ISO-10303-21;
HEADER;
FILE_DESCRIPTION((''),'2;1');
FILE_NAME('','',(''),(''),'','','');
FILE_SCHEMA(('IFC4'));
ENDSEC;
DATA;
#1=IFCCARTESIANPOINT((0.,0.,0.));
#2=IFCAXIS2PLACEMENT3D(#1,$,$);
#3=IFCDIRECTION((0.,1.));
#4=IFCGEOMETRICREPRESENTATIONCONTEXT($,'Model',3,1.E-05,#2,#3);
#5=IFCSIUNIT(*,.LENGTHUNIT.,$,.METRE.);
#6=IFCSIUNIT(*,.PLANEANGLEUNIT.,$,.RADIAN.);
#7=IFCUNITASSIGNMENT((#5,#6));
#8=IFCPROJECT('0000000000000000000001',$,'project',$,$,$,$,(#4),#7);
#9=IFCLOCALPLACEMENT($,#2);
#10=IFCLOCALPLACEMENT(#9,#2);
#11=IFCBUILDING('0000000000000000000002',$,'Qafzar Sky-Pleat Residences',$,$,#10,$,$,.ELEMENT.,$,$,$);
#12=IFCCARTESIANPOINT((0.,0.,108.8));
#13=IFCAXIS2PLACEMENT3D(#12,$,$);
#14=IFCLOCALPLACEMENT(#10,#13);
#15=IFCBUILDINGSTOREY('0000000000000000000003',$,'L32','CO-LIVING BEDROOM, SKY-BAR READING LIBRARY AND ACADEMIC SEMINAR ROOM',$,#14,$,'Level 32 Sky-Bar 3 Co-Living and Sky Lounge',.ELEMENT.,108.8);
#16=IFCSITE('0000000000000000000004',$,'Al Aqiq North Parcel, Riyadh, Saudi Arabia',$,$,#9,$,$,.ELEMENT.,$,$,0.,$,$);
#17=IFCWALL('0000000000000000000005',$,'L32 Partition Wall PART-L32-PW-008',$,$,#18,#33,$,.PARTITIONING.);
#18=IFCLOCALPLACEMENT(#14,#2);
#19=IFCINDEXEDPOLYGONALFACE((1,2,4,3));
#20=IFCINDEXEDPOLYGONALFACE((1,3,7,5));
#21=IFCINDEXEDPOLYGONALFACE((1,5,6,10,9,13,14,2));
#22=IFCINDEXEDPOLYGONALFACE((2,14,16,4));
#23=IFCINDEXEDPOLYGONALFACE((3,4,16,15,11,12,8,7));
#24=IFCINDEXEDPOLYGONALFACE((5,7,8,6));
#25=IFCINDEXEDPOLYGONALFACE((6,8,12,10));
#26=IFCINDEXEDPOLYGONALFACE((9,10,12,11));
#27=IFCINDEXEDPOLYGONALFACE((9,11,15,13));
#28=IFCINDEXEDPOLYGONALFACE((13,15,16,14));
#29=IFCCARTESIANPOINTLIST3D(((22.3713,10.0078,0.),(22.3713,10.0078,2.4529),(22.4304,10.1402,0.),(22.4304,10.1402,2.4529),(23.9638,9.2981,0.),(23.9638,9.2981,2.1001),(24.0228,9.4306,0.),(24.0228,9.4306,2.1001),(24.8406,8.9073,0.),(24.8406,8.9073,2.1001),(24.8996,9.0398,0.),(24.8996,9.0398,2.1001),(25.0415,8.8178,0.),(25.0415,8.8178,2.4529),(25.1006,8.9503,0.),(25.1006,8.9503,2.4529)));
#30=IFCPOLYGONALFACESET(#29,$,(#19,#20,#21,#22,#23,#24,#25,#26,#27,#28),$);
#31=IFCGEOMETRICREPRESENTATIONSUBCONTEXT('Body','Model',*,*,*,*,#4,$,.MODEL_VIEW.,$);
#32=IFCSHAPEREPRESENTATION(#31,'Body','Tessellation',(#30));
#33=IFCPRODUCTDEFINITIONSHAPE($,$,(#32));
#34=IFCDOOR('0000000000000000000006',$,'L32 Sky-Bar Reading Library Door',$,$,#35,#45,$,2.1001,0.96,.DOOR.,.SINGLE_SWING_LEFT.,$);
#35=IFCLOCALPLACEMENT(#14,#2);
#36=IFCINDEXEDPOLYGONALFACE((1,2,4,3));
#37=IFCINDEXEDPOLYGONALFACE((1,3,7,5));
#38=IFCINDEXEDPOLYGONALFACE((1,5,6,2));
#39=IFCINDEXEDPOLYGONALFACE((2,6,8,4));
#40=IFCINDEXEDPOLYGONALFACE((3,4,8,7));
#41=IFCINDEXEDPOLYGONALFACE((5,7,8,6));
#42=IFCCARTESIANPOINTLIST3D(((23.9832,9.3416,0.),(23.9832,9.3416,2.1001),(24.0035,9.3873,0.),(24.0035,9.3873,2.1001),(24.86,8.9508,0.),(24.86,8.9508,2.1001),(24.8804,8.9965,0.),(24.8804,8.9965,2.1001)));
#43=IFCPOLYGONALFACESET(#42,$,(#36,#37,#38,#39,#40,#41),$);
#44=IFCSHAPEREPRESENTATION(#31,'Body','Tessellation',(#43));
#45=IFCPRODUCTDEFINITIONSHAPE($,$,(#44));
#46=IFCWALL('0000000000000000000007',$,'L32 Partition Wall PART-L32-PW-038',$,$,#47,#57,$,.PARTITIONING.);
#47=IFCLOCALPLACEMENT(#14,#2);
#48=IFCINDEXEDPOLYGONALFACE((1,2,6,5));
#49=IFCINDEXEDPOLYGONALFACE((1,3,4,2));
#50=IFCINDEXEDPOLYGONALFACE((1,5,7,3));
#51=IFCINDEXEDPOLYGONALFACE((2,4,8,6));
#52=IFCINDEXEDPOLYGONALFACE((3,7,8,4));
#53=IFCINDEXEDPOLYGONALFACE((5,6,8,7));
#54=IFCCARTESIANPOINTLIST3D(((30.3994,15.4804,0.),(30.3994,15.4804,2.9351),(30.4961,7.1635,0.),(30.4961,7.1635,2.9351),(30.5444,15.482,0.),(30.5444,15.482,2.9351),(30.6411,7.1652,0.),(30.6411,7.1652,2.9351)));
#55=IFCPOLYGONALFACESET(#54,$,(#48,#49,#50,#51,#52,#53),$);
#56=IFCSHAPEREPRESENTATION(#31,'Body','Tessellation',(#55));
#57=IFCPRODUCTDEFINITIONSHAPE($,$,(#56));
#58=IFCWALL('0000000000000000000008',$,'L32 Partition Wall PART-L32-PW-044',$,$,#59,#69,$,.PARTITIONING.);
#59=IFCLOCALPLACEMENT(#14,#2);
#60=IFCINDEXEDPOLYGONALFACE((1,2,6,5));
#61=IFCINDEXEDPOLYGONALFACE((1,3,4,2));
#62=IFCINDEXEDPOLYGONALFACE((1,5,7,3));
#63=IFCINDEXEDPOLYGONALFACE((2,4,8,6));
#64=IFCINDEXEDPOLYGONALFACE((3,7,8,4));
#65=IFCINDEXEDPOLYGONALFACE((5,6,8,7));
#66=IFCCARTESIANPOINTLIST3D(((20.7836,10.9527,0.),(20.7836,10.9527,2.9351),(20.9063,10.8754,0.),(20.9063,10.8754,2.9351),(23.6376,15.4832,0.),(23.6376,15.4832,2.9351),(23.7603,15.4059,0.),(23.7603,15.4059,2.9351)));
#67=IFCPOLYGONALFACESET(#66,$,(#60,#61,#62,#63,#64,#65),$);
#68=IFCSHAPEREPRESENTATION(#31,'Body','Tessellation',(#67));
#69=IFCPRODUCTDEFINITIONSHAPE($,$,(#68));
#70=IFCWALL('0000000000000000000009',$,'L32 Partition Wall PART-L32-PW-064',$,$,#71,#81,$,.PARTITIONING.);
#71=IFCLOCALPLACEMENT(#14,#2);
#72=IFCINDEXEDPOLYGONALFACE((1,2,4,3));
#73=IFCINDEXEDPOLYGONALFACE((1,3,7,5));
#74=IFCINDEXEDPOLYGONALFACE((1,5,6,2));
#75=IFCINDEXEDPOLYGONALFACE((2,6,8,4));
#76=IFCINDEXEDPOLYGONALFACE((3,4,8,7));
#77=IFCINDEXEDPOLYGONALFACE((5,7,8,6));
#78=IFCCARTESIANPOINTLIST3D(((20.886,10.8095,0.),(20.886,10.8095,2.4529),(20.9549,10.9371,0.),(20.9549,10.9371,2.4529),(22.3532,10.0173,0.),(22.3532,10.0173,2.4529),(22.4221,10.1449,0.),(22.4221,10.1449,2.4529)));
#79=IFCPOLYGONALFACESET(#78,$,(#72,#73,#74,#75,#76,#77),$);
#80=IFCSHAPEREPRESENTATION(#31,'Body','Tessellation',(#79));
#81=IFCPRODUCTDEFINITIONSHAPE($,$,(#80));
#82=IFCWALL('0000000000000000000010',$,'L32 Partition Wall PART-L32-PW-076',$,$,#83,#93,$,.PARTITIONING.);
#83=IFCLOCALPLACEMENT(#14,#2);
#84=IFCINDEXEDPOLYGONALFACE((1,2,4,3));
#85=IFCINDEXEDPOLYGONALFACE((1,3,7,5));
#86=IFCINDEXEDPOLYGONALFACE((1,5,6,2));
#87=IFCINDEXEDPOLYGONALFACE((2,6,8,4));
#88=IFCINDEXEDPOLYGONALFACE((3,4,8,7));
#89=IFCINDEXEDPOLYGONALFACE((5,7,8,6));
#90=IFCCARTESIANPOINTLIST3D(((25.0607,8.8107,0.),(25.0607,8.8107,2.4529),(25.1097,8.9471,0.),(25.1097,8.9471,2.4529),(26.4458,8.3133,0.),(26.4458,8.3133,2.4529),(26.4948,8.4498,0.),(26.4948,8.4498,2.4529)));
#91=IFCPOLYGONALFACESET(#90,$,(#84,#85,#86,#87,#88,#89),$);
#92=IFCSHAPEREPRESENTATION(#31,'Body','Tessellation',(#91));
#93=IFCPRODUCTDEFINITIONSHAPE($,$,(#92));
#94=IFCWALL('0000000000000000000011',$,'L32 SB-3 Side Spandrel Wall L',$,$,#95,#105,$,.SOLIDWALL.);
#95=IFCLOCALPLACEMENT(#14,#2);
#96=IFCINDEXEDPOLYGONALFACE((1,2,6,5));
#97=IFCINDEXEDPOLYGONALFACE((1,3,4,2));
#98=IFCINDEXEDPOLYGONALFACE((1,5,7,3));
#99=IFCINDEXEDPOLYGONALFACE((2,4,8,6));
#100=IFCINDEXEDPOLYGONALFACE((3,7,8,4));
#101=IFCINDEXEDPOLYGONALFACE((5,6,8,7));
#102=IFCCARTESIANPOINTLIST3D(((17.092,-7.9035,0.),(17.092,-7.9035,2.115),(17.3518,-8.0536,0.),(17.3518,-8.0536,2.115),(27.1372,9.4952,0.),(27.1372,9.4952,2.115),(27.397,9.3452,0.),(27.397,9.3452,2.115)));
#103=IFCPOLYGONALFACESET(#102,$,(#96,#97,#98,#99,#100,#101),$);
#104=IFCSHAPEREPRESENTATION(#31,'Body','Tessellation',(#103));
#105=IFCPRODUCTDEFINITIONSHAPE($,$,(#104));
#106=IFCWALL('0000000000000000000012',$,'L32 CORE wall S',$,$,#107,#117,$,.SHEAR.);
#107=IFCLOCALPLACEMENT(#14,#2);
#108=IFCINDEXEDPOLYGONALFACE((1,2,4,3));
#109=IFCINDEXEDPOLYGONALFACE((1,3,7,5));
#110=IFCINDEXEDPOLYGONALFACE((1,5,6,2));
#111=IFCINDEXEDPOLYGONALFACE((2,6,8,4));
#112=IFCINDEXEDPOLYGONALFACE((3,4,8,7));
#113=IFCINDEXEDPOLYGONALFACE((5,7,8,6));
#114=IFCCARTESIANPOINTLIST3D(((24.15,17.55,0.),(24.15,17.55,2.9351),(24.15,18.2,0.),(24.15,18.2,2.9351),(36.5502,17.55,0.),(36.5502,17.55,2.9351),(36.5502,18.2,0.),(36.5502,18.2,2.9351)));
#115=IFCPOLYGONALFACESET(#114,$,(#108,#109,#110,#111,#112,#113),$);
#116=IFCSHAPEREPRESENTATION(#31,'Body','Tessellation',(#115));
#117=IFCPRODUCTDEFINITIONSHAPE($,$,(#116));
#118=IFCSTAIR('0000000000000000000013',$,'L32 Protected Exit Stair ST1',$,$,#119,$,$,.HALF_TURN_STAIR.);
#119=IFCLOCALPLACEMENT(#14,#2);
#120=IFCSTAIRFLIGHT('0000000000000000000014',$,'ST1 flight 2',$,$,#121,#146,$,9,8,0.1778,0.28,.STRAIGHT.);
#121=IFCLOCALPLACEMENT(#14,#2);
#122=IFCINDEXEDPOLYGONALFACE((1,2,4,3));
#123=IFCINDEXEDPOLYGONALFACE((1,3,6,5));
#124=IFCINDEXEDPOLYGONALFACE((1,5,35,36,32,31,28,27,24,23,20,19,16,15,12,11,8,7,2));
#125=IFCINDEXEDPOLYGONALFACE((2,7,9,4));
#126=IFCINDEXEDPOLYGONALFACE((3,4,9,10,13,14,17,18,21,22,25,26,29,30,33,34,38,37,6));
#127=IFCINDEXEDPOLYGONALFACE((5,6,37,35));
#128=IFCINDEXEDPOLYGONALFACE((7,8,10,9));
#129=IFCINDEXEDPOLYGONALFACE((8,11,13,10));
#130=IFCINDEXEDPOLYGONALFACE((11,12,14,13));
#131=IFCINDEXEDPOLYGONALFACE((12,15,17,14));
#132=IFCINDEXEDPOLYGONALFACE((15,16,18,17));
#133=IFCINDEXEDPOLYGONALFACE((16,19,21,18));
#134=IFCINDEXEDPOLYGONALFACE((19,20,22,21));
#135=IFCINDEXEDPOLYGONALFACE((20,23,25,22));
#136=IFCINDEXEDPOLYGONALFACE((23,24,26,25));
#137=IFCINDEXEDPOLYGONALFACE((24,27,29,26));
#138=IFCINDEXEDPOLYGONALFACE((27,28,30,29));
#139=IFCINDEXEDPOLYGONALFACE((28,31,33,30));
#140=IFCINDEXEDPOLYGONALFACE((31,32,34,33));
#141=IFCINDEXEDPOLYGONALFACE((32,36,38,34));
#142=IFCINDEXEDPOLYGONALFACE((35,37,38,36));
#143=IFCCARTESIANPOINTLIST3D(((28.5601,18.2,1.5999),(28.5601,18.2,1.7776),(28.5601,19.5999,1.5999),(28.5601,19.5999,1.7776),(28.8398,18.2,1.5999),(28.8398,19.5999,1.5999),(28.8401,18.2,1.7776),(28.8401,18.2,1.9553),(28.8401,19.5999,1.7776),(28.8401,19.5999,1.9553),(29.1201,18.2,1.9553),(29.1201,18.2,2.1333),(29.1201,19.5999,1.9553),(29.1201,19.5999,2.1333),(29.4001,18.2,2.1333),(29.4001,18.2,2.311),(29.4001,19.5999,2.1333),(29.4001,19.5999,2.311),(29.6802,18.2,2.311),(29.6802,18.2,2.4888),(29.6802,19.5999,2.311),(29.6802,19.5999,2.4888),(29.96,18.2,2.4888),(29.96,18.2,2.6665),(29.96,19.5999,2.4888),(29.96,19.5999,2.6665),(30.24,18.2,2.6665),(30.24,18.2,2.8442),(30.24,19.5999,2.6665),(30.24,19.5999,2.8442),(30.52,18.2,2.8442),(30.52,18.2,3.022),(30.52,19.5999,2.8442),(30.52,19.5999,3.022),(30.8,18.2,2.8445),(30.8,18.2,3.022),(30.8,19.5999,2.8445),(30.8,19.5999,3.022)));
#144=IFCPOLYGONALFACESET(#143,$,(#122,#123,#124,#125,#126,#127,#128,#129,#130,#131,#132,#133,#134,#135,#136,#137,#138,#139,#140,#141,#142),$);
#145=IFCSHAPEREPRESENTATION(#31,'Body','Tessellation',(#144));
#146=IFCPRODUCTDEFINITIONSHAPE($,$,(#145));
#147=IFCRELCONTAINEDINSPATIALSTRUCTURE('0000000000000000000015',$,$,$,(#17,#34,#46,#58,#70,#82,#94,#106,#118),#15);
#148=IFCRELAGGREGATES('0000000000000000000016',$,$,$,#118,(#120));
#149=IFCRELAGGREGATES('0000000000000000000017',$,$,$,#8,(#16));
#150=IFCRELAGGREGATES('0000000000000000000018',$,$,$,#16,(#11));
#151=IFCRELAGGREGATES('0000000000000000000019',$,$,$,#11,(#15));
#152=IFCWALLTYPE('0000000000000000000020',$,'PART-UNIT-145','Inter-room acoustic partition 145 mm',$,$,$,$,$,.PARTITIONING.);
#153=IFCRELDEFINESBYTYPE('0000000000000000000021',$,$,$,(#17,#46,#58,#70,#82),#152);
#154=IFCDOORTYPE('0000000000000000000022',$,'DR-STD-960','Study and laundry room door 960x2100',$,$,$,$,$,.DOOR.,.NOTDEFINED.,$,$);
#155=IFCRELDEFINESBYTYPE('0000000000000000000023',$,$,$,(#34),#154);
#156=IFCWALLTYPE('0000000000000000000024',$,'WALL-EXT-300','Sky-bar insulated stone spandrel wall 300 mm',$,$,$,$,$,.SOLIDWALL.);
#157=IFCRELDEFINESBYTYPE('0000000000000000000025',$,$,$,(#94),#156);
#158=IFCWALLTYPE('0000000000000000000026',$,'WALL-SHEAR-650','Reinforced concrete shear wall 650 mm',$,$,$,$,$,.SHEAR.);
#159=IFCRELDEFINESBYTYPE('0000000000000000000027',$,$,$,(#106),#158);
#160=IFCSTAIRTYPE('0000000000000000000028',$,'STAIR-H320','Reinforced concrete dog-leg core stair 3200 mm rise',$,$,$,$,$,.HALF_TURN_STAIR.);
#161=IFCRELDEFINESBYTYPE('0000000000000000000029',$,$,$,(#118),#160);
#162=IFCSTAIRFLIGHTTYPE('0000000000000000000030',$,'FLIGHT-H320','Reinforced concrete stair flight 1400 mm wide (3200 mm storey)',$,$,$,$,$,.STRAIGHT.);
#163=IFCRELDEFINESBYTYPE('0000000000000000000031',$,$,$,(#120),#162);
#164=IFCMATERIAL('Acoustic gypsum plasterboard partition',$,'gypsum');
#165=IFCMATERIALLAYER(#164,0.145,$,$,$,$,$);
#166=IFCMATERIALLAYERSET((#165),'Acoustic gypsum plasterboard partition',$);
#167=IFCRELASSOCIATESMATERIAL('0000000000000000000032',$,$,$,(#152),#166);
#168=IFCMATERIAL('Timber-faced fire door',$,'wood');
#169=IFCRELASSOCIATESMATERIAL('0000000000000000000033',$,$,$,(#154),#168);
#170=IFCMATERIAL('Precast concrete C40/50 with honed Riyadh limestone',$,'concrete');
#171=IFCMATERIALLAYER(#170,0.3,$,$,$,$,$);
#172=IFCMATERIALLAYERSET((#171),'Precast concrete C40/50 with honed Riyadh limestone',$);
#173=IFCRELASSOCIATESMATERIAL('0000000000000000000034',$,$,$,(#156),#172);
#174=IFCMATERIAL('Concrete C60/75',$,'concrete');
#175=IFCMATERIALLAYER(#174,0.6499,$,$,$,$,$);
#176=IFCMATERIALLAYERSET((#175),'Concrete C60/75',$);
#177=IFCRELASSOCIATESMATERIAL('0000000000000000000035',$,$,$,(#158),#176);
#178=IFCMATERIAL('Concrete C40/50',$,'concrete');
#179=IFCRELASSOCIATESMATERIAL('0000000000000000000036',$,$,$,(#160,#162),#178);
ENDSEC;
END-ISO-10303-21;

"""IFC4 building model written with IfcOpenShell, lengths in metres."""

from ifc_helpers import new_model, si_unit, direction, frame, frame_2d, origin, place, context, subcontext, project, spatial, polyline, rectangle, outline, extrude, source, transform, mapped, material, layer, layer_set, type_object, element, fill, aggregate, save


model = new_model("IFC4")

# Units and contexts
model_context = context("Model", 3, precision=1e-05, world=origin(), true_north=direction((0.0, 1.0)))
body_context = subcontext(model_context, "Body", "Model", "MODEL_VIEW")
ifc_project = project(units=[si_unit("LENGTHUNIT", "METRE"), si_unit("PLANEANGLEUNIT", "RADIAN")], contexts=[model_context])

# Site, building, storey
site_placement = place(None, origin())
site = spatial("IfcSite", under=ifc_project, at=site_placement, Name="Al Aqiq North Parcel, Riyadh, Saudi Arabia", CompositionType="ELEMENT", RefElevation=0.0)
building_placement = place(site_placement, origin())
building = spatial("IfcBuilding", under=site, at=building_placement, Name="Qafzar Sky-Pleat Residences", CompositionType="ELEMENT")
storey_placement = place(building_placement, frame((0.0, 0.0, 108.8)))
storey = spatial("IfcBuildingStorey", under=building, at=storey_placement, Name="L32", Description="CO-LIVING BEDROOM, SKY-BAR READING LIBRARY AND ACADEMIC SEMINAR ROOM", LongName="Level 32 Sky-Bar 3 Co-Living and Sky Lounge", CompositionType="ELEMENT", Elevation=108.8)

# Shared definitions
ifc_material_1 = material(Name="Concrete C60/75", Category="concrete")

# Shared definitions
ifc_material_2 = material(Name="Acoustic gypsum plasterboard partition", Category="gypsum")
ifc_material_3 = material(Name="Timber-faced fire door", Category="wood")

# Wall, opening, door
ifc_layer_1 = layer(ifc_material_2, 0.145)
ifc_layer_set_1 = layer_set([ifc_layer_1], Name="Acoustic gypsum plasterboard partition")
wall_type_1 = type_object("IfcWallType", Name="PART-UNIT-145", Description="Inter-room acoustic partition 145 mm", PredefinedType="PARTITIONING", material=ifc_layer_set_1)
wall_1_placement = place(storey_placement, frame((25.071, 8.884, 0.0), z_axis=(0.0, 0.0, 1.0), x_axis=(-0.913405, 0.407053, 0.0)))
wall_1 = element("IfcWall", 1, at=wall_1_placement, inside=storey, type_object=wall_type_1, Name="L32 Partition Wall PART-L32-PW-008", PredefinedType="PARTITIONING", context=body_context, shape_type="SweptSolid", body=[
    extrude(rectangle(XDim=2.9233, YDim=0.145, at=frame_2d((1.4617, 0.0))), origin(), (0.0, 0.0, 1.0), 2.4529),
])
opening_1_placement = place(wall_1_placement, frame((0.22, 0.0, 0.0)))
opening_1 = element("IfcOpeningElement", 2, at=opening_1_placement, cuts=wall_1, PredefinedType="OPENING", context=body_context, shape_type="SweptSolid", body=[
    extrude(rectangle(XDim=0.96, YDim=2.1001, at=frame_2d((0.48, 1.05))), frame((0.0, 0.0825, 0.0), z_axis=(0.0, -1.0, 0.0), x_axis=(1.0, 0.0, 0.0)), (0.0, 0.0, 1.0), 0.165),
])
door_type_1 = type_object("IfcDoorType", Name="DR-STD-960", Description="Study and laundry room door 960x2100", OperationType="NOTDEFINED", PredefinedType="DOOR", material=ifc_material_3)
shared_shape_1 = source(origin(), body_context, "Body", "SweptSolid", [
    extrude(rectangle(XDim=0.96, YDim=2.1001, at=frame_2d((0.48, 1.05))), frame((0.0, 0.0249, 0.0), z_axis=(0.0, -1.0, 0.0), x_axis=(1.0, 0.0, 0.0)), (0.0, 0.0, 1.0), 0.05),
])
door_1_placement = place(opening_1_placement, origin())
door_1 = element("IfcDoor", 3, at=door_1_placement, inside=storey, type_object=door_type_1, Name="L32 Sky-Bar Reading Library Door", OperationType="SINGLE_SWING_LEFT", OverallHeight=2.1001, OverallWidth=0.96, PredefinedType="DOOR", context=body_context, shape_type="MappedRepresentation", body=[
    mapped(shared_shape_1, transform((0.0, 0.0, 0.0), x_axis=(1.0, 0.0, 0.0), y_axis=(0.0, 1.0, 0.0), z_axis=(0.0, 0.0, 1.0), scale=1.0)),
])
fill(opening_1, door_1)

# Walls
wall_2_placement = place(storey_placement, frame((30.4719, 15.4812, 0.0), z_axis=(0.0, 0.0, 1.0), x_axis=(0.011624, -0.999932, 0.0)))
element("IfcWall", 4, at=wall_2_placement, inside=storey, type_object=wall_type_1, Name="L32 Partition Wall PART-L32-PW-038", PredefinedType="PARTITIONING", context=body_context, shape_type="SweptSolid", body=[
    extrude(rectangle(XDim=8.3174, YDim=0.145, at=frame_2d((4.1587, 0.0))), origin(), (0.0, 0.0, 1.0), 2.9351),
])
wall_3_placement = place(storey_placement, frame((20.845, 10.9141, 0.0), z_axis=(0.0, 0.0, 1.0), x_axis=(0.533008, 0.84611, 0.0)))
element("IfcWall", 5, at=wall_3_placement, inside=storey, type_object=wall_type_1, Name="L32 Partition Wall PART-L32-PW-044", PredefinedType="PARTITIONING", context=body_context, shape_type="SweptSolid", body=[
    extrude(rectangle(XDim=5.3545, YDim=0.145, at=frame_2d((2.6772, 0.0))), origin(), (0.0, 0.0, 1.0), 2.9351),
])
wall_4_placement = place(storey_placement, frame((20.9204, 10.8733, 0.0), z_axis=(0.0, 0.0, 1.0), x_axis=(0.87993, -0.475104, 0.0)))
element("IfcWall", 6, at=wall_4_placement, inside=storey, type_object=wall_type_1, Name="L32 Partition Wall PART-L32-PW-064", PredefinedType="PARTITIONING", context=body_context, shape_type="SweptSolid", body=[
    extrude(rectangle(XDim=1.6675, YDim=0.145, at=frame_2d((0.8337, 0.0))), origin(), (0.0, 0.0, 1.0), 2.4529),
])
wall_5_placement = place(storey_placement, frame((25.0852, 8.8789, 0.0), z_axis=(0.0, 0.0, 1.0), x_axis=(0.941166, -0.337944, 0.0)))
element("IfcWall", 7, at=wall_5_placement, inside=storey, type_object=wall_type_1, Name="L32 Partition Wall PART-L32-PW-076", PredefinedType="PARTITIONING", context=body_context, shape_type="SweptSolid", body=[
    extrude(rectangle(XDim=1.4717, YDim=0.145, at=frame_2d((0.7358, 0.0))), origin(), (0.0, 0.0, 1.0), 2.4529),
])
ifc_material_4 = material(Name="Precast concrete C40/50 with honed Riyadh limestone", Category="concrete")
ifc_layer_2 = layer(ifc_material_4, 0.3)
ifc_layer_set_2 = layer_set([ifc_layer_2], Name="Precast concrete C40/50 with honed Riyadh limestone")
wall_type_2 = type_object("IfcWallType", Name="WALL-EXT-300", Description="Sky-bar insulated stone spandrel wall 300 mm", PredefinedType="SOLIDWALL", material=ifc_layer_set_2)
wall_6_placement = place(storey_placement, frame((27.2671, 9.4202, 0.0), z_axis=(0.0, 0.0, 1.0), x_axis=(-0.500001, -0.866025, 0.0)))
element("IfcWall", 8, at=wall_6_placement, inside=storey, type_object=wall_type_2, Name="L32 SB-3 Side Spandrel Wall L", PredefinedType="SOLIDWALL", context=body_context, shape_type="SweptSolid", body=[
    extrude(rectangle(XDim=20.0903, YDim=0.3, at=frame_2d((10.0452, 0.0))), origin(), (0.0, 0.0, 1.0), 2.115),
])
ifc_layer_3 = layer(ifc_material_1, 0.6499)
ifc_layer_set_3 = layer_set([ifc_layer_3], Name="Concrete C60/75")
wall_type_3 = type_object("IfcWallType", Name="WALL-SHEAR-650", Description="Reinforced concrete shear wall 650 mm", PredefinedType="SHEAR", material=ifc_layer_set_3)
wall_7_placement = place(storey_placement, frame((24.1499, 17.875, 0.0), z_axis=(0.0, 0.0, 1.0), x_axis=(1.0, 0.0, 0.0)))
element("IfcWall", 9, at=wall_7_placement, inside=storey, type_object=wall_type_3, Name="L32 CORE wall S", PredefinedType="SHEAR", context=body_context, shape_type="SweptSolid", body=[
    extrude(rectangle(XDim=12.4001, YDim=0.6499, at=frame_2d((6.2002, 0.0))), origin(), (0.0, 0.0, 1.0), 2.9351),
])

# Stair, stair flight
ifc_material_5 = material(Name="Concrete C40/50", Category="concrete")
stair_type = type_object("IfcStairType", Name="STAIR-H320", Description="Reinforced concrete dog-leg core stair 3200 mm rise", PredefinedType="HALF_TURN_STAIR", material=ifc_material_5)
stair_placement = place(storey_placement, origin())
stair = element("IfcStair", 10, at=stair_placement, inside=storey, type_object=stair_type, Name="L32 Protected Exit Stair ST1", PredefinedType="HALF_TURN_STAIR")
stair_flight_type = type_object("IfcStairFlightType", Name="FLIGHT-H320", Description="Reinforced concrete stair flight 1400 mm wide (3200 mm storey)", PredefinedType="STRAIGHT", material=ifc_material_5)
shared_shape_2 = source(origin(), body_context, "Body", "SweptSolid", [
    extrude(outline(polyline([(0.0, 0.0), (0.0, 0.1777), (0.28, 0.1777), (0.28, 0.3555), (0.5601, 0.3555), (0.5601, 0.5334), (0.8401, 0.5334), (0.8401, 0.7112), (1.1201, 0.7112), (1.1201, 0.8889), (1.3999, 0.8889), (1.3999, 1.0667), (1.6799, 1.0667), (1.6799, 1.2444), (1.96, 1.2444), (1.96, 1.4221), (2.24, 1.4221), (2.24, 1.6001), (2.24, 1.2446), (0.2798, 0.0), (0.0, 0.0)])), frame((0.0, 0.7, 0.0), z_axis=(0.0, -1.0, 0.0), x_axis=(1.0, 0.0, 0.0)), (0.0, 0.0, 1.0), 1.3999),
])
stair_flight_placement = place(storey_placement, frame((28.5601, 18.8999, 1.5999), z_axis=(0.0, 0.0, 1.0), x_axis=(1.0, 0.0, 0.0)))
stair_flight = element("IfcStairFlight", 11, at=stair_flight_placement, type_object=stair_flight_type, Name="ST1 flight 2", NumberOfRisers=9, NumberOfTreads=8, PredefinedType="STRAIGHT", RiserHeight=0.1778, TreadLength=0.28, context=body_context, shape_type="MappedRepresentation", body=[
    mapped(shared_shape_2, transform((0.0, 0.0, 0.0), x_axis=(1.0, 0.0, 0.0), y_axis=(0.0, 1.0, 0.0), z_axis=(0.0, 0.0, 1.0), scale=1.0)),
])
aggregate(stair, [stair_flight])

save(model, "model.ifc")
